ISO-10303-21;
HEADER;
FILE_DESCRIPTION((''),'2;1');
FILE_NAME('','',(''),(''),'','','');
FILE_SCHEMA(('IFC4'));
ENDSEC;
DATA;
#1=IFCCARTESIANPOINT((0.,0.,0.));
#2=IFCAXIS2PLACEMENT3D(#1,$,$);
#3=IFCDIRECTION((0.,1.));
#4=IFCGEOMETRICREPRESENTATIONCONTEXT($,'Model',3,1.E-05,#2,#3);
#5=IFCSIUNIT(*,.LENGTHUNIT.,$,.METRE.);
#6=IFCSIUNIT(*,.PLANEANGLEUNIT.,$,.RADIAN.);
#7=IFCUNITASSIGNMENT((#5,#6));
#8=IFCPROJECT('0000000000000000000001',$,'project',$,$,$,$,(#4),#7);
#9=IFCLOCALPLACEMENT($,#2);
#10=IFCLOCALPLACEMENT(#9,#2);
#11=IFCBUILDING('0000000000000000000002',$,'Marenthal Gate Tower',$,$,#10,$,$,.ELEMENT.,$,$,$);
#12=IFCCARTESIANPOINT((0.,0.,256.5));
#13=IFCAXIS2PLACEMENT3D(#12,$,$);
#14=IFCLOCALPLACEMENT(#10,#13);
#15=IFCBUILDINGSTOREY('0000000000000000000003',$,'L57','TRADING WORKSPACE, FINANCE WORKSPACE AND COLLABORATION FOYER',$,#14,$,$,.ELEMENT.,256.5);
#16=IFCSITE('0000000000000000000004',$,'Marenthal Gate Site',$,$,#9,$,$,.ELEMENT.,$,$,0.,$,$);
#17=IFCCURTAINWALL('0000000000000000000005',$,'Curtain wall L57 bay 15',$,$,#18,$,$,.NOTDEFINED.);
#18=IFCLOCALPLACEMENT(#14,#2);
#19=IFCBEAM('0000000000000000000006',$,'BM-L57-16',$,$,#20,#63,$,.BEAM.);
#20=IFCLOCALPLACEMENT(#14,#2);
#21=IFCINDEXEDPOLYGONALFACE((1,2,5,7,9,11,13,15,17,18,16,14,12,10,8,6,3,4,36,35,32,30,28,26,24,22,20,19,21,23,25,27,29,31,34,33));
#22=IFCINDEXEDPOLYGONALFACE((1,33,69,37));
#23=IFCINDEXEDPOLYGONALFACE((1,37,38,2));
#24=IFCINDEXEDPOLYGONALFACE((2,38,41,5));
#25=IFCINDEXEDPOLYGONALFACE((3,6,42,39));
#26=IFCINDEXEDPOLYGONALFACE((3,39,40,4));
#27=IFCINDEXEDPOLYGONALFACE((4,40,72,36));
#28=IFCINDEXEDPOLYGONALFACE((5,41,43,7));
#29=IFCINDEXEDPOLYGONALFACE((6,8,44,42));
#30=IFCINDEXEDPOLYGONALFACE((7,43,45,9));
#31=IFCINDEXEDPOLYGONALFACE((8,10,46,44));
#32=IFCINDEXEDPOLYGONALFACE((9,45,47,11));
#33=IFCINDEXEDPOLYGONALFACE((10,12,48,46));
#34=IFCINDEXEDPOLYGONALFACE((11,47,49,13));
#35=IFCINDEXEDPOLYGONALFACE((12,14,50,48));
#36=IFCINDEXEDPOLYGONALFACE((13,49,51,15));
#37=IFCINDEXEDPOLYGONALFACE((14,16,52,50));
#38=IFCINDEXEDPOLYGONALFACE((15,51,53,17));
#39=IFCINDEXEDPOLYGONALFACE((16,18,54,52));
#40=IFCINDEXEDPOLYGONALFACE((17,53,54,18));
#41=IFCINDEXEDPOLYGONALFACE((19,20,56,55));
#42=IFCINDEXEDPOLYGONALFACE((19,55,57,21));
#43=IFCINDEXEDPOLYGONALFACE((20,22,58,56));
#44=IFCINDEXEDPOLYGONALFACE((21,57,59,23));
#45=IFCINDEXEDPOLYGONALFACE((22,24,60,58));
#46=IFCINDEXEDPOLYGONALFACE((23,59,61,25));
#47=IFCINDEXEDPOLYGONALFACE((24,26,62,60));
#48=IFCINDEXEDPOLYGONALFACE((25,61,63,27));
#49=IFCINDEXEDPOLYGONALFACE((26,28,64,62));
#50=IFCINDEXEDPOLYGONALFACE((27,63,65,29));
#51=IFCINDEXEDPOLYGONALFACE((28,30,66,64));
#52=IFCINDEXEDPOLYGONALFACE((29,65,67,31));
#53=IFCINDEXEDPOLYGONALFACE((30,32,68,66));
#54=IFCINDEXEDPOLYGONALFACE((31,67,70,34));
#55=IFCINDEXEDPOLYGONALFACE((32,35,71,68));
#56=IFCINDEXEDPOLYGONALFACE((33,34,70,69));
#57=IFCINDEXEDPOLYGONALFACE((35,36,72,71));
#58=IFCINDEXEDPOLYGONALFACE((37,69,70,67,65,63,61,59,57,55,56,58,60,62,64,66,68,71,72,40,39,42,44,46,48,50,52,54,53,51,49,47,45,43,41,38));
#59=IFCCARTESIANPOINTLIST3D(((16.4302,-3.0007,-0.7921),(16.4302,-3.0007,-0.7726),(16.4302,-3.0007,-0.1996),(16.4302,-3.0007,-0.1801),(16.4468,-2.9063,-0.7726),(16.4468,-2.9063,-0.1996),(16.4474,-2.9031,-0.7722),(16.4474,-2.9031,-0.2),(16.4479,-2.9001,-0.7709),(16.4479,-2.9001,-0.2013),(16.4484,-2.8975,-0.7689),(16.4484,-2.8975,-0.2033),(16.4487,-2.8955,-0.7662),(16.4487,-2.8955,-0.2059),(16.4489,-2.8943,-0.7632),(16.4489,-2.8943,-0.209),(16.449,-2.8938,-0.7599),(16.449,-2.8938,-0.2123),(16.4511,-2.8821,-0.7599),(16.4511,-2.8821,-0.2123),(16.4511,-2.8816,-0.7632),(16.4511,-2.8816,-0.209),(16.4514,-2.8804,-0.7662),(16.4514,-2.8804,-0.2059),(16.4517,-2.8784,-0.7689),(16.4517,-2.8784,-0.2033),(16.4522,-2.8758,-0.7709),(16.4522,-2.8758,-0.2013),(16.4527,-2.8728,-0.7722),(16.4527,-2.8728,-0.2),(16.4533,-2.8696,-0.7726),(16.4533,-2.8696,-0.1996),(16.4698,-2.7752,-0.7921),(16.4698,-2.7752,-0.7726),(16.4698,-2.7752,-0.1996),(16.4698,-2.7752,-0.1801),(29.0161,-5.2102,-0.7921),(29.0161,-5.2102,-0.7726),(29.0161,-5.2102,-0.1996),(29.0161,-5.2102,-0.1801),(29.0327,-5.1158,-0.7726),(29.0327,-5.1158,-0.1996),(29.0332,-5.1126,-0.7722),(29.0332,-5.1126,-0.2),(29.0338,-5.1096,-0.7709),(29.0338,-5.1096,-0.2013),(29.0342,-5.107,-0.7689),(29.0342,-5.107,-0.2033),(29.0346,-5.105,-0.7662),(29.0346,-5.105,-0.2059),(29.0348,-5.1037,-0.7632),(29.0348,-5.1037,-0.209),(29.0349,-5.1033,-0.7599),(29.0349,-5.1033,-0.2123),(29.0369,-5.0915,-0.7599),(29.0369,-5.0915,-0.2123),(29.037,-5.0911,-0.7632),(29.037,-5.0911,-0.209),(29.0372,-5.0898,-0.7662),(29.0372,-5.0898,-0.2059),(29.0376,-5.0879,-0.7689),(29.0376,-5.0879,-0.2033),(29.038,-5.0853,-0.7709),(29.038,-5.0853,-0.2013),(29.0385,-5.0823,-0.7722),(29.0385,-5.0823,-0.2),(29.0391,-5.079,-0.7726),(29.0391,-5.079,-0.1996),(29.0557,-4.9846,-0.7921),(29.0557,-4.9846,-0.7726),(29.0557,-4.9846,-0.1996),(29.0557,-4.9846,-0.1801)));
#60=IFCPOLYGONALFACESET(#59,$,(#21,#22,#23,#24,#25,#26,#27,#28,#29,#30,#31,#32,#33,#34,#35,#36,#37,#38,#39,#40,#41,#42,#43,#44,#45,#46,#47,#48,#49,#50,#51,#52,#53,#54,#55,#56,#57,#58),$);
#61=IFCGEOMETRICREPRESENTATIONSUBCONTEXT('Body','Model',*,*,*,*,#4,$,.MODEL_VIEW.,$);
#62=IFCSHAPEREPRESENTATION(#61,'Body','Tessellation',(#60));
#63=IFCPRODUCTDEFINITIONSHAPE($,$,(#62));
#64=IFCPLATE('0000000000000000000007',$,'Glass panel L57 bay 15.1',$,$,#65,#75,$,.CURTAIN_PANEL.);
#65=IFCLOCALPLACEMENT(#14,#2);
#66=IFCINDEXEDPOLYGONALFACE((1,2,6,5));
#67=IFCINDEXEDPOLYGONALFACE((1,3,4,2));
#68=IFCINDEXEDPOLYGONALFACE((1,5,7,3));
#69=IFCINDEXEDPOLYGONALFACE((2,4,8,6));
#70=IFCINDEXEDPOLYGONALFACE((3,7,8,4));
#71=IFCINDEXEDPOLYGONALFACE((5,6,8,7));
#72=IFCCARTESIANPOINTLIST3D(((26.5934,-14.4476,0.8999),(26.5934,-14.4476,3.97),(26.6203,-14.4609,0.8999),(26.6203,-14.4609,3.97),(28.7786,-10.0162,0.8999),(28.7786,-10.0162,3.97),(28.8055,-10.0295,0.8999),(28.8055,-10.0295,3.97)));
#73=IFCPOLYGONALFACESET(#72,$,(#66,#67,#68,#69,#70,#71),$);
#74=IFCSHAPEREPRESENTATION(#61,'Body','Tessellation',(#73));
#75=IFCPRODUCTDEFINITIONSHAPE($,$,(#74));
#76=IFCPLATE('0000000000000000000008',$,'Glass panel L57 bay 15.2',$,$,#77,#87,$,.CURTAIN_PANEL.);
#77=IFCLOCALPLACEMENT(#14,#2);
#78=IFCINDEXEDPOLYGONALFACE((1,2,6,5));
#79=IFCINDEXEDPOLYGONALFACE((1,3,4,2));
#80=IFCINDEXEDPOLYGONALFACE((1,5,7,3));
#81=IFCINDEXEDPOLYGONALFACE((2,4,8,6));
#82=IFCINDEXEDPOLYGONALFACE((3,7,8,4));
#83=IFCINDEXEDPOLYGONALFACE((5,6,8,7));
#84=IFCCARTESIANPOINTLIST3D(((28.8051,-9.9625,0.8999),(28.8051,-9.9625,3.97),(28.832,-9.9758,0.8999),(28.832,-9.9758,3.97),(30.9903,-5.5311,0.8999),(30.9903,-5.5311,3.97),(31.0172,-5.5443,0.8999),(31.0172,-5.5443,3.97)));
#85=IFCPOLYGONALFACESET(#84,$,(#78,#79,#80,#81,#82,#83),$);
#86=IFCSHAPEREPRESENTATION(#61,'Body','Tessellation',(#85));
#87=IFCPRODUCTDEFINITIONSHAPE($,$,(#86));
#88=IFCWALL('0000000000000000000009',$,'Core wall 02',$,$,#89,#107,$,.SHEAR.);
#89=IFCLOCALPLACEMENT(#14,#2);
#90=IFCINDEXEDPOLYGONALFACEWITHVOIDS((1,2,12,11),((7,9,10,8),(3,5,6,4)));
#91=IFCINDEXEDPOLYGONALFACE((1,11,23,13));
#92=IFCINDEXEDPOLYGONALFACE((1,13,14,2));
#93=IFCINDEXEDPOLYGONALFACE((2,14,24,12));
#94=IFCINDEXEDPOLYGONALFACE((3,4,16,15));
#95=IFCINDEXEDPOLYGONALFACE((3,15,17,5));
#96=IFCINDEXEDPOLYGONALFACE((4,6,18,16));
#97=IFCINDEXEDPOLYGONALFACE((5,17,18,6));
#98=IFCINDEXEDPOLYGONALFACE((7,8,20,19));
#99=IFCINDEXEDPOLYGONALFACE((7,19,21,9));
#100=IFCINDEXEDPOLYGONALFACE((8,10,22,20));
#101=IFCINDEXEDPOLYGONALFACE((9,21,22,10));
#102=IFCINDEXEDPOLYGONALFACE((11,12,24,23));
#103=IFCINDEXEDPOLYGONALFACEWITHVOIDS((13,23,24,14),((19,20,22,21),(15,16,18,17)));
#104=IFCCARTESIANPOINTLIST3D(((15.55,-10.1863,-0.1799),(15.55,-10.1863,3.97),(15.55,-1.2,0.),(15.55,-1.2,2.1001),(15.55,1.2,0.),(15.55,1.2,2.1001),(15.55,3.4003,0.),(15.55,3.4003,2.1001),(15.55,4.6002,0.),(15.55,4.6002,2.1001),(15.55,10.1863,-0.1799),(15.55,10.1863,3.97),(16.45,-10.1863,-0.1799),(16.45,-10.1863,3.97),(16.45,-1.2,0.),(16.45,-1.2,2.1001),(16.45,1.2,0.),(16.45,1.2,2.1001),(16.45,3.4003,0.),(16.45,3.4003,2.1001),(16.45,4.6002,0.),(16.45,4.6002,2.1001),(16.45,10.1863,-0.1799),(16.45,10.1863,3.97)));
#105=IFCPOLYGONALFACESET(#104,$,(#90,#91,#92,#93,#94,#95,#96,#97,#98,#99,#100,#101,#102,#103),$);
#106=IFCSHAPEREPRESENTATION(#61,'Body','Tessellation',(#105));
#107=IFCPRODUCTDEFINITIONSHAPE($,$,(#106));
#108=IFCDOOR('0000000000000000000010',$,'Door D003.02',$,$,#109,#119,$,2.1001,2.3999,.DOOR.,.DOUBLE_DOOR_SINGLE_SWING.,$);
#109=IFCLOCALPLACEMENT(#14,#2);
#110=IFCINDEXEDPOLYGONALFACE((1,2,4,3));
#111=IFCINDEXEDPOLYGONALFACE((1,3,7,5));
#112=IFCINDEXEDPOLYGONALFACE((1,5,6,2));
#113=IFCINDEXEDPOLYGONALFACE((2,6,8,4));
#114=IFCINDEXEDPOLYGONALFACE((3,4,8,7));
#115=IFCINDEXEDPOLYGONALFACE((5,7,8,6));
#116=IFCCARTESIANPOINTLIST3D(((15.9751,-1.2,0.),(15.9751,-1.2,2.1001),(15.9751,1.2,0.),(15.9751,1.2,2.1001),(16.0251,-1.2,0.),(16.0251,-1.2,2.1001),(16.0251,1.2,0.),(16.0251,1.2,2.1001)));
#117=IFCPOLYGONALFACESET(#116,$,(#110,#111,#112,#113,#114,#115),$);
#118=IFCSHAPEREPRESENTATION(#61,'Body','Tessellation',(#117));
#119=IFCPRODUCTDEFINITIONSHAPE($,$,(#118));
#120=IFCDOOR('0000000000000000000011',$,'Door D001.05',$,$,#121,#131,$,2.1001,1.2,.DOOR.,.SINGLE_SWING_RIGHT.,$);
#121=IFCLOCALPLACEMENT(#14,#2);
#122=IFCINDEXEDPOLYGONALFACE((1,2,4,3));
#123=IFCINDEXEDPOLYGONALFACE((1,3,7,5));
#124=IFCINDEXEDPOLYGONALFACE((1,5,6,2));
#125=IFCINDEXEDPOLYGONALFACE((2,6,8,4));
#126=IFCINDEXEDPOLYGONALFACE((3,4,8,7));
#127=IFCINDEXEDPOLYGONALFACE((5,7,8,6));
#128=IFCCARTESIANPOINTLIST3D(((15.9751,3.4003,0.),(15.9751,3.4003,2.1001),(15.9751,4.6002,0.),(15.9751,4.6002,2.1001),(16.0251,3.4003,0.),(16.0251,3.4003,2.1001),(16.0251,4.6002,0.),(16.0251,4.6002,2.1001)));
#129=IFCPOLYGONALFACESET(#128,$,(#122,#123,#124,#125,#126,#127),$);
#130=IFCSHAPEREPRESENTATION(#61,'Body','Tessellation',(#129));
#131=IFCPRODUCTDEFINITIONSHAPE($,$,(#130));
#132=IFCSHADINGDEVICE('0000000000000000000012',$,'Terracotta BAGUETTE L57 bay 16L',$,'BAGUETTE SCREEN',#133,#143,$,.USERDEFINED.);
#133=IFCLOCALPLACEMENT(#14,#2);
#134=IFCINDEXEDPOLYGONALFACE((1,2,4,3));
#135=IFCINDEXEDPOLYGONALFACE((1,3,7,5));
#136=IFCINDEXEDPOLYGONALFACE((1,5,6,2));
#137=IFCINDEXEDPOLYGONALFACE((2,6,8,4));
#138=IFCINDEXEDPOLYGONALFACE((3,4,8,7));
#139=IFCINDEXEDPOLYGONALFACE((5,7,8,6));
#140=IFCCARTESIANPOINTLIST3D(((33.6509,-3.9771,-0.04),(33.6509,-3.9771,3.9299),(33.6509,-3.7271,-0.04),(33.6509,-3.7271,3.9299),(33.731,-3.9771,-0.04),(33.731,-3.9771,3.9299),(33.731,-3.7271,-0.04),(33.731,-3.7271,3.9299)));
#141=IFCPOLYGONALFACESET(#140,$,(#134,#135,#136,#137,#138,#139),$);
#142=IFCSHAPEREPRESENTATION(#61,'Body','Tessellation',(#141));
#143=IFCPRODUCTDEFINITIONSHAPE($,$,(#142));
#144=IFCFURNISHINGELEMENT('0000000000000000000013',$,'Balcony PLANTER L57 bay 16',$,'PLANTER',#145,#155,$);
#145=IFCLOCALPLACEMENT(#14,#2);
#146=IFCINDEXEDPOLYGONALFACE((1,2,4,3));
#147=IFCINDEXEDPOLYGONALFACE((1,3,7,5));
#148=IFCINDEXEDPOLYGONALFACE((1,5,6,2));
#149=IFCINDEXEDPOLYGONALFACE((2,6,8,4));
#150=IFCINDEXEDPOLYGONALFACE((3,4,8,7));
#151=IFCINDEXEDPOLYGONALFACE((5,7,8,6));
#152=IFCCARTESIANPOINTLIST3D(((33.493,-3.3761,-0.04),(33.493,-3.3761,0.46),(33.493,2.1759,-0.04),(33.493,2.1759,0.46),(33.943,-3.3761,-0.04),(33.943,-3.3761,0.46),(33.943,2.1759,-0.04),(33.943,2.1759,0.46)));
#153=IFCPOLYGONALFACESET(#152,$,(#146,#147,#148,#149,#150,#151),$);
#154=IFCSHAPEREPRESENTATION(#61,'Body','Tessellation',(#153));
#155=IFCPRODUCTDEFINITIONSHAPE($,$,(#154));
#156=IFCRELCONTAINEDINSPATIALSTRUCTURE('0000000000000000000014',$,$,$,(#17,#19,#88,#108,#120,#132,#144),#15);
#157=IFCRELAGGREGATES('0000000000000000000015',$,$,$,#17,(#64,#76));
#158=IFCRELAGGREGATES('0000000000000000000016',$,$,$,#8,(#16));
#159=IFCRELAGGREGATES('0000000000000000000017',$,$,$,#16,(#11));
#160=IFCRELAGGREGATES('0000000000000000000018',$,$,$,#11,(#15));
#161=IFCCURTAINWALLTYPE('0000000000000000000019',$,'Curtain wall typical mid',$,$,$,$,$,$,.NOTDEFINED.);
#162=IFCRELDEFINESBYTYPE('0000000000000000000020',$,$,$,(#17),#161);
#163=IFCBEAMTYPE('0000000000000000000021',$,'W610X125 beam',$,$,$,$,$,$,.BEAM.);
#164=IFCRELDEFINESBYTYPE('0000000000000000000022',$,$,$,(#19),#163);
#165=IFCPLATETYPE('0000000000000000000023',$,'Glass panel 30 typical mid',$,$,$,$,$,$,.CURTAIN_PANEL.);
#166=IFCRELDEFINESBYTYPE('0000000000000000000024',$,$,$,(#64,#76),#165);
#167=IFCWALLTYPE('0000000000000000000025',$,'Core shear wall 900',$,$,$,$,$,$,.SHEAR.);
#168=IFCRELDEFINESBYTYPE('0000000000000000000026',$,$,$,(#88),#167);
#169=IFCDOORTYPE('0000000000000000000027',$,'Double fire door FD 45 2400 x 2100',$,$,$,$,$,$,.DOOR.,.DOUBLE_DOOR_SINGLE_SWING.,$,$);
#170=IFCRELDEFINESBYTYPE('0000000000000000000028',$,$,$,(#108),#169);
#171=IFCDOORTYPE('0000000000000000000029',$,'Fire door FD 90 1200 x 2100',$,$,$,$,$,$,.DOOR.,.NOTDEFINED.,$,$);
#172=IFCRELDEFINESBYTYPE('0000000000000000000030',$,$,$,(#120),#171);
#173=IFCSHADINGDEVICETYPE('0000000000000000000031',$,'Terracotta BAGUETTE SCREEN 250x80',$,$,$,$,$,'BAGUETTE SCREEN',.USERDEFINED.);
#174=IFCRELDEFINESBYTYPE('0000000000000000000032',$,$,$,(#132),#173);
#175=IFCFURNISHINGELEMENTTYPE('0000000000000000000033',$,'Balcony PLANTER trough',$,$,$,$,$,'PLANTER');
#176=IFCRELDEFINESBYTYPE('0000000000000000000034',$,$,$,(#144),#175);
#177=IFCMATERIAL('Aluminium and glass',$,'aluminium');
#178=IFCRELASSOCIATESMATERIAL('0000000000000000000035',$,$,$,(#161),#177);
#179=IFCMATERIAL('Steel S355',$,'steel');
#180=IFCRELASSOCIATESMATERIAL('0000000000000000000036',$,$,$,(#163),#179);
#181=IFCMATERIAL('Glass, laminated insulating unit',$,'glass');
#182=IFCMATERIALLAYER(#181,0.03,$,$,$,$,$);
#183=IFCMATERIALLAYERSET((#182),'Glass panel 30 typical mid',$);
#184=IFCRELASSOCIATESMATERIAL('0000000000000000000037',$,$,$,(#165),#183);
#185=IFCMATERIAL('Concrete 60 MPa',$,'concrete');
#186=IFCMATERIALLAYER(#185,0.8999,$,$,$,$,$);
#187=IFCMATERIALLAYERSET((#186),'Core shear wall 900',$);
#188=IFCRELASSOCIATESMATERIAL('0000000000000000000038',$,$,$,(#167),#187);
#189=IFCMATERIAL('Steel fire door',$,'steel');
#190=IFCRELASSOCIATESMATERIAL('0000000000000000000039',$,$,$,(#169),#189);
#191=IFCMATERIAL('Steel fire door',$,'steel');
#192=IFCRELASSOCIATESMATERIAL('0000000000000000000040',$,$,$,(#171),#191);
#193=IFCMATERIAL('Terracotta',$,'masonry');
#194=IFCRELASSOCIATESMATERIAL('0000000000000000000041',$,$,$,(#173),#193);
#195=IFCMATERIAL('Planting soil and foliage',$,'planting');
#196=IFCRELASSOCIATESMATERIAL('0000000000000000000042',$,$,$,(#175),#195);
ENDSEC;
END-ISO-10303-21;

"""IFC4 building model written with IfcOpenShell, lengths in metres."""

from ifc_helpers import new_model, si_unit, direction, frame, frame_2d, origin, origin_2d, place, context, subcontext, project, spatial, rectangle, i_section, extrude, material, layer, layer_set, material_profile, profile_set, type_object, element, fill, aggregate, save


model = new_model("IFC4")

# Units and contexts
model_context = context("Model", 3, precision=1e-05, world=origin(), true_north=direction((0.0, 1.0)))
body_context = subcontext(model_context, "Body", "Model", "MODEL_VIEW")
ifc_project = project(units=[si_unit("LENGTHUNIT", "METRE"), si_unit("PLANEANGLEUNIT", "RADIAN")], contexts=[model_context])

# Site, building, storey
site_placement = place(None, origin())
site = spatial("IfcSite", under=ifc_project, at=site_placement, Name="Marenthal Gate Site", CompositionType="ELEMENT", RefElevation=0.0)
building_placement = place(site_placement, origin())
building = spatial("IfcBuilding", under=site, at=building_placement, Name="Marenthal Gate Tower", CompositionType="ELEMENT")
storey_placement = place(building_placement, frame((0.0, 0.0, 256.5)))
storey = spatial("IfcBuildingStorey", under=building, at=storey_placement, Name="L57", Description="TRADING WORKSPACE, FINANCE WORKSPACE AND COLLABORATION FOYER", CompositionType="ELEMENT", Elevation=256.5)

# Curtain wall
ifc_material_1 = material(Name="Aluminium and glass", Category="aluminium")
curtain_wall_type = type_object("IfcCurtainWallType", Name="Curtain wall typical mid", PredefinedType="NOTDEFINED", material=ifc_material_1)
curtain_wall_placement = place(storey_placement, origin())
curtain_wall = element("IfcCurtainWall", 1, at=curtain_wall_placement, inside=storey, type_object=curtain_wall_type, Name="Curtain wall L57 bay 15", PredefinedType="NOTDEFINED")

# Beam
ifc_material_2 = material(Name="Steel S355", Category="steel")
ifc_material_profile_1 = material_profile(ifc_material_2, i_section(OverallWidth=0.229, OverallDepth=0.6121, WebThickness=0.012, FlangeThickness=0.0195, FilletRadius=0.0127, at=origin_2d()), Name="W610X125")
ifc_profile_set_1 = profile_set([ifc_material_profile_1], Name="Steel S355")
beam_type_1 = type_object("IfcBeamType", Name="W610X125 beam", PredefinedType="BEAM", material=ifc_profile_set_1)
beam_1_placement = place(storey_placement, frame((29.0359, -5.0974, -0.4861), z_axis=(-0.984938, 0.172907, 0.0), x_axis=(-0.172907, -0.984938, 0.0)))
element("IfcBeam", 2, at=beam_1_placement, inside=storey, type_object=beam_type_1, Name="BM-L57-16", PredefinedType="BEAM", context=body_context, shape_type="SweptSolid", body=[
    extrude(i_section(OverallWidth=0.229, OverallDepth=0.6121, WebThickness=0.012, FlangeThickness=0.0195, FilletRadius=0.0127, at=origin_2d()), origin(), (0.0, 0.0, 1.0), 12.7783),
])

# Plates
ifc_material_3 = material(Name="Glass, laminated insulating unit", Category="glass")
ifc_layer_1 = layer(ifc_material_3, 0.03)
ifc_layer_set_1 = layer_set([ifc_layer_1], Name="Glass panel 30 typical mid")
plate_type = type_object("IfcPlateType", Name="Glass panel 30 typical mid", PredefinedType="CURTAIN_PANEL", material=ifc_layer_set_1)
plate_1_placement = place(storey_placement, frame((27.6995, -12.2385, 0.8999), z_axis=(0.0, 0.0, 1.0), x_axis=(0.442269, 0.896882, 0.0)))
plate_1 = element("IfcPlate", 3, at=plate_1_placement, type_object=plate_type, Name="Glass panel L57 bay 15.1", PredefinedType="CURTAIN_PANEL", context=body_context, shape_type="SweptSolid", body=[
    extrude(rectangle(XDim=4.9409, YDim=0.03, at=origin_2d()), origin(), (0.0, 0.0, 1.0), 3.0701),
])
plate_2_placement = place(storey_placement, frame((29.9111, -7.7534, 0.8999), z_axis=(0.0, 0.0, 1.0), x_axis=(0.442269, 0.896882, 0.0)))
plate_2 = element("IfcPlate", 4, at=plate_2_placement, type_object=plate_type, Name="Glass panel L57 bay 15.2", PredefinedType="CURTAIN_PANEL", context=body_context, shape_type="SweptSolid", body=[
    extrude(rectangle(XDim=4.9409, YDim=0.03, at=origin_2d()), origin(), (0.0, 0.0, 1.0), 3.0701),
])
aggregate(curtain_wall, [plate_1, plate_2])

# Wall, openings, doors
ifc_material_4 = material(Name="Concrete 60 MPa", Category="concrete")
ifc_layer_2 = layer(ifc_material_4, 0.8999)
ifc_layer_set_2 = layer_set([ifc_layer_2], Name="Core shear wall 900")
wall_type_1 = type_object("IfcWallType", Name="Core shear wall 900", PredefinedType="SHEAR", material=ifc_layer_set_2)
wall_1_placement = place(storey_placement, frame((16.0, -10.1863, -0.1799), z_axis=(0.0, 0.0, 1.0), x_axis=(0.0, 1.0, 0.0)))
wall_1 = element("IfcWall", 5, at=wall_1_placement, inside=storey, type_object=wall_type_1, Name="Core wall 02", PredefinedType="SHEAR", context=body_context, shape_type="SweptSolid", body=[
    extrude(rectangle(XDim=20.3726, YDim=0.8999, at=frame_2d((10.1863, 0.0))), origin(), (0.0, 0.0, 1.0), 4.1499),
])
opening_1_placement = place(wall_1_placement, frame((8.9863, 0.0, 0.1799)))
opening_1 = element("IfcOpeningElement", 6, at=opening_1_placement, cuts=wall_1, PredefinedType="OPENING", context=body_context, shape_type="SweptSolid", body=[
    extrude(rectangle(XDim=2.3999, YDim=2.1001, at=frame_2d((1.2, 1.05))), frame((0.0, 0.46, 0.0), z_axis=(0.0, -1.0, 0.0), x_axis=(1.0, 0.0, 0.0)), (0.0, 0.0, 1.0), 0.9199),
])
opening_2_placement = place(wall_1_placement, frame((13.5864, 0.0, 0.1799)))
opening_2 = element("IfcOpeningElement", 7, at=opening_2_placement, cuts=wall_1, PredefinedType="OPENING", context=body_context, shape_type="SweptSolid", body=[
    extrude(rectangle(XDim=1.2, YDim=2.1001, at=frame_2d((0.6001, 1.05))), frame((0.0, 0.46, 0.0), z_axis=(0.0, -1.0, 0.0), x_axis=(1.0, 0.0, 0.0)), (0.0, 0.0, 1.0), 0.9199),
])
ifc_material_5 = material(Name="Steel fire door", Category="steel")
door_type_1 = type_object("IfcDoorType", Name="Double fire door FD 45 2400 x 2100", OperationType="DOUBLE_DOOR_SINGLE_SWING", PredefinedType="DOOR", material=ifc_material_5)
door_1_placement = place(opening_1_placement, origin())
door_1 = element("IfcDoor", 8, at=door_1_placement, inside=storey, type_object=door_type_1, Name="Door D003.02", OperationType="DOUBLE_DOOR_SINGLE_SWING", OverallHeight=2.1001, OverallWidth=2.3999, PredefinedType="DOOR", context=body_context, shape_type="SweptSolid", body=[
    extrude(rectangle(XDim=2.3999, YDim=2.1001, at=frame_2d((1.2, 1.05))), frame((0.0, 0.0249, 0.0), z_axis=(0.0, -1.0, 0.0), x_axis=(1.0, 0.0, 0.0)), (0.0, 0.0, 1.0), 0.05),
])
fill(opening_1, door_1)
ifc_material_6 = material(Name="Steel fire door", Category="steel")
door_type_2 = type_object("IfcDoorType", Name="Fire door FD 90 1200 x 2100", OperationType="NOTDEFINED", PredefinedType="DOOR", material=ifc_material_6)
door_2_placement = place(opening_2_placement, origin())
door_2 = element("IfcDoor", 9, at=door_2_placement, inside=storey, type_object=door_type_2, Name="Door D001.05", OperationType="SINGLE_SWING_RIGHT", OverallHeight=2.1001, OverallWidth=1.2, PredefinedType="DOOR", context=body_context, shape_type="SweptSolid", body=[
    extrude(rectangle(XDim=1.2, YDim=2.1001, at=frame_2d((0.6001, 1.05))), frame((0.0, 0.0249, 0.0), z_axis=(0.0, -1.0, 0.0), x_axis=(1.0, 0.0, 0.0)), (0.0, 0.0, 1.0), 0.05),
])
fill(opening_2, door_2)

# Shading device
ifc_material_7 = material(Name="Terracotta", Category="masonry")
ifc_material_profile_2 = material_profile(ifc_material_7, rectangle(XDim=0.25, YDim=0.0801, at=origin_2d()), Name="Terracotta baguette 250x80")
ifc_profile_set_2 = profile_set([ifc_material_profile_2], Name="Terracotta")
shading_device_type = type_object("IfcShadingDeviceType", Name="Terracotta BAGUETTE SCREEN 250x80", ElementType="BAGUETTE SCREEN", PredefinedType="USERDEFINED", material=ifc_profile_set_2)
shading_device_placement = place(storey_placement, frame((33.6909, -3.8521, -0.04), z_axis=(0.0, 0.0, 1.0), x_axis=(0.0, 1.0, 0.0)))
element("IfcShadingDevice", 10, at=shading_device_placement, inside=storey, type_object=shading_device_type, Name="Terracotta BAGUETTE L57 bay 16L", ObjectType="BAGUETTE SCREEN", PredefinedType="USERDEFINED", context=body_context, shape_type="SweptSolid", body=[
    extrude(rectangle(XDim=0.25, YDim=0.0801, at=origin_2d()), origin(), (0.0, 0.0, 1.0), 3.97),
])

# Furnishing element
ifc_material_8 = material(Name="Planting soil and foliage", Category="planting")
furnishing_element_type = type_object("IfcFurnishingElementType", Name="Balcony PLANTER trough", ElementType="PLANTER", material=ifc_material_8)
furnishing_placement = place(storey_placement, frame((33.718, -0.6001, -0.04), z_axis=(0.0, 0.0, 1.0), x_axis=(0.0, 1.0, 0.0)))
element("IfcFurnishingElement", 11, at=furnishing_placement, inside=storey, type_object=furnishing_element_type, Name="Balcony PLANTER L57 bay 16", ObjectType="PLANTER", context=body_context, shape_type="SweptSolid", body=[
    extrude(rectangle(XDim=5.552, YDim=0.45, at=origin_2d()), origin(), (0.0, 0.0, 1.0), 0.5),
])

save(model, "model.ifc")
